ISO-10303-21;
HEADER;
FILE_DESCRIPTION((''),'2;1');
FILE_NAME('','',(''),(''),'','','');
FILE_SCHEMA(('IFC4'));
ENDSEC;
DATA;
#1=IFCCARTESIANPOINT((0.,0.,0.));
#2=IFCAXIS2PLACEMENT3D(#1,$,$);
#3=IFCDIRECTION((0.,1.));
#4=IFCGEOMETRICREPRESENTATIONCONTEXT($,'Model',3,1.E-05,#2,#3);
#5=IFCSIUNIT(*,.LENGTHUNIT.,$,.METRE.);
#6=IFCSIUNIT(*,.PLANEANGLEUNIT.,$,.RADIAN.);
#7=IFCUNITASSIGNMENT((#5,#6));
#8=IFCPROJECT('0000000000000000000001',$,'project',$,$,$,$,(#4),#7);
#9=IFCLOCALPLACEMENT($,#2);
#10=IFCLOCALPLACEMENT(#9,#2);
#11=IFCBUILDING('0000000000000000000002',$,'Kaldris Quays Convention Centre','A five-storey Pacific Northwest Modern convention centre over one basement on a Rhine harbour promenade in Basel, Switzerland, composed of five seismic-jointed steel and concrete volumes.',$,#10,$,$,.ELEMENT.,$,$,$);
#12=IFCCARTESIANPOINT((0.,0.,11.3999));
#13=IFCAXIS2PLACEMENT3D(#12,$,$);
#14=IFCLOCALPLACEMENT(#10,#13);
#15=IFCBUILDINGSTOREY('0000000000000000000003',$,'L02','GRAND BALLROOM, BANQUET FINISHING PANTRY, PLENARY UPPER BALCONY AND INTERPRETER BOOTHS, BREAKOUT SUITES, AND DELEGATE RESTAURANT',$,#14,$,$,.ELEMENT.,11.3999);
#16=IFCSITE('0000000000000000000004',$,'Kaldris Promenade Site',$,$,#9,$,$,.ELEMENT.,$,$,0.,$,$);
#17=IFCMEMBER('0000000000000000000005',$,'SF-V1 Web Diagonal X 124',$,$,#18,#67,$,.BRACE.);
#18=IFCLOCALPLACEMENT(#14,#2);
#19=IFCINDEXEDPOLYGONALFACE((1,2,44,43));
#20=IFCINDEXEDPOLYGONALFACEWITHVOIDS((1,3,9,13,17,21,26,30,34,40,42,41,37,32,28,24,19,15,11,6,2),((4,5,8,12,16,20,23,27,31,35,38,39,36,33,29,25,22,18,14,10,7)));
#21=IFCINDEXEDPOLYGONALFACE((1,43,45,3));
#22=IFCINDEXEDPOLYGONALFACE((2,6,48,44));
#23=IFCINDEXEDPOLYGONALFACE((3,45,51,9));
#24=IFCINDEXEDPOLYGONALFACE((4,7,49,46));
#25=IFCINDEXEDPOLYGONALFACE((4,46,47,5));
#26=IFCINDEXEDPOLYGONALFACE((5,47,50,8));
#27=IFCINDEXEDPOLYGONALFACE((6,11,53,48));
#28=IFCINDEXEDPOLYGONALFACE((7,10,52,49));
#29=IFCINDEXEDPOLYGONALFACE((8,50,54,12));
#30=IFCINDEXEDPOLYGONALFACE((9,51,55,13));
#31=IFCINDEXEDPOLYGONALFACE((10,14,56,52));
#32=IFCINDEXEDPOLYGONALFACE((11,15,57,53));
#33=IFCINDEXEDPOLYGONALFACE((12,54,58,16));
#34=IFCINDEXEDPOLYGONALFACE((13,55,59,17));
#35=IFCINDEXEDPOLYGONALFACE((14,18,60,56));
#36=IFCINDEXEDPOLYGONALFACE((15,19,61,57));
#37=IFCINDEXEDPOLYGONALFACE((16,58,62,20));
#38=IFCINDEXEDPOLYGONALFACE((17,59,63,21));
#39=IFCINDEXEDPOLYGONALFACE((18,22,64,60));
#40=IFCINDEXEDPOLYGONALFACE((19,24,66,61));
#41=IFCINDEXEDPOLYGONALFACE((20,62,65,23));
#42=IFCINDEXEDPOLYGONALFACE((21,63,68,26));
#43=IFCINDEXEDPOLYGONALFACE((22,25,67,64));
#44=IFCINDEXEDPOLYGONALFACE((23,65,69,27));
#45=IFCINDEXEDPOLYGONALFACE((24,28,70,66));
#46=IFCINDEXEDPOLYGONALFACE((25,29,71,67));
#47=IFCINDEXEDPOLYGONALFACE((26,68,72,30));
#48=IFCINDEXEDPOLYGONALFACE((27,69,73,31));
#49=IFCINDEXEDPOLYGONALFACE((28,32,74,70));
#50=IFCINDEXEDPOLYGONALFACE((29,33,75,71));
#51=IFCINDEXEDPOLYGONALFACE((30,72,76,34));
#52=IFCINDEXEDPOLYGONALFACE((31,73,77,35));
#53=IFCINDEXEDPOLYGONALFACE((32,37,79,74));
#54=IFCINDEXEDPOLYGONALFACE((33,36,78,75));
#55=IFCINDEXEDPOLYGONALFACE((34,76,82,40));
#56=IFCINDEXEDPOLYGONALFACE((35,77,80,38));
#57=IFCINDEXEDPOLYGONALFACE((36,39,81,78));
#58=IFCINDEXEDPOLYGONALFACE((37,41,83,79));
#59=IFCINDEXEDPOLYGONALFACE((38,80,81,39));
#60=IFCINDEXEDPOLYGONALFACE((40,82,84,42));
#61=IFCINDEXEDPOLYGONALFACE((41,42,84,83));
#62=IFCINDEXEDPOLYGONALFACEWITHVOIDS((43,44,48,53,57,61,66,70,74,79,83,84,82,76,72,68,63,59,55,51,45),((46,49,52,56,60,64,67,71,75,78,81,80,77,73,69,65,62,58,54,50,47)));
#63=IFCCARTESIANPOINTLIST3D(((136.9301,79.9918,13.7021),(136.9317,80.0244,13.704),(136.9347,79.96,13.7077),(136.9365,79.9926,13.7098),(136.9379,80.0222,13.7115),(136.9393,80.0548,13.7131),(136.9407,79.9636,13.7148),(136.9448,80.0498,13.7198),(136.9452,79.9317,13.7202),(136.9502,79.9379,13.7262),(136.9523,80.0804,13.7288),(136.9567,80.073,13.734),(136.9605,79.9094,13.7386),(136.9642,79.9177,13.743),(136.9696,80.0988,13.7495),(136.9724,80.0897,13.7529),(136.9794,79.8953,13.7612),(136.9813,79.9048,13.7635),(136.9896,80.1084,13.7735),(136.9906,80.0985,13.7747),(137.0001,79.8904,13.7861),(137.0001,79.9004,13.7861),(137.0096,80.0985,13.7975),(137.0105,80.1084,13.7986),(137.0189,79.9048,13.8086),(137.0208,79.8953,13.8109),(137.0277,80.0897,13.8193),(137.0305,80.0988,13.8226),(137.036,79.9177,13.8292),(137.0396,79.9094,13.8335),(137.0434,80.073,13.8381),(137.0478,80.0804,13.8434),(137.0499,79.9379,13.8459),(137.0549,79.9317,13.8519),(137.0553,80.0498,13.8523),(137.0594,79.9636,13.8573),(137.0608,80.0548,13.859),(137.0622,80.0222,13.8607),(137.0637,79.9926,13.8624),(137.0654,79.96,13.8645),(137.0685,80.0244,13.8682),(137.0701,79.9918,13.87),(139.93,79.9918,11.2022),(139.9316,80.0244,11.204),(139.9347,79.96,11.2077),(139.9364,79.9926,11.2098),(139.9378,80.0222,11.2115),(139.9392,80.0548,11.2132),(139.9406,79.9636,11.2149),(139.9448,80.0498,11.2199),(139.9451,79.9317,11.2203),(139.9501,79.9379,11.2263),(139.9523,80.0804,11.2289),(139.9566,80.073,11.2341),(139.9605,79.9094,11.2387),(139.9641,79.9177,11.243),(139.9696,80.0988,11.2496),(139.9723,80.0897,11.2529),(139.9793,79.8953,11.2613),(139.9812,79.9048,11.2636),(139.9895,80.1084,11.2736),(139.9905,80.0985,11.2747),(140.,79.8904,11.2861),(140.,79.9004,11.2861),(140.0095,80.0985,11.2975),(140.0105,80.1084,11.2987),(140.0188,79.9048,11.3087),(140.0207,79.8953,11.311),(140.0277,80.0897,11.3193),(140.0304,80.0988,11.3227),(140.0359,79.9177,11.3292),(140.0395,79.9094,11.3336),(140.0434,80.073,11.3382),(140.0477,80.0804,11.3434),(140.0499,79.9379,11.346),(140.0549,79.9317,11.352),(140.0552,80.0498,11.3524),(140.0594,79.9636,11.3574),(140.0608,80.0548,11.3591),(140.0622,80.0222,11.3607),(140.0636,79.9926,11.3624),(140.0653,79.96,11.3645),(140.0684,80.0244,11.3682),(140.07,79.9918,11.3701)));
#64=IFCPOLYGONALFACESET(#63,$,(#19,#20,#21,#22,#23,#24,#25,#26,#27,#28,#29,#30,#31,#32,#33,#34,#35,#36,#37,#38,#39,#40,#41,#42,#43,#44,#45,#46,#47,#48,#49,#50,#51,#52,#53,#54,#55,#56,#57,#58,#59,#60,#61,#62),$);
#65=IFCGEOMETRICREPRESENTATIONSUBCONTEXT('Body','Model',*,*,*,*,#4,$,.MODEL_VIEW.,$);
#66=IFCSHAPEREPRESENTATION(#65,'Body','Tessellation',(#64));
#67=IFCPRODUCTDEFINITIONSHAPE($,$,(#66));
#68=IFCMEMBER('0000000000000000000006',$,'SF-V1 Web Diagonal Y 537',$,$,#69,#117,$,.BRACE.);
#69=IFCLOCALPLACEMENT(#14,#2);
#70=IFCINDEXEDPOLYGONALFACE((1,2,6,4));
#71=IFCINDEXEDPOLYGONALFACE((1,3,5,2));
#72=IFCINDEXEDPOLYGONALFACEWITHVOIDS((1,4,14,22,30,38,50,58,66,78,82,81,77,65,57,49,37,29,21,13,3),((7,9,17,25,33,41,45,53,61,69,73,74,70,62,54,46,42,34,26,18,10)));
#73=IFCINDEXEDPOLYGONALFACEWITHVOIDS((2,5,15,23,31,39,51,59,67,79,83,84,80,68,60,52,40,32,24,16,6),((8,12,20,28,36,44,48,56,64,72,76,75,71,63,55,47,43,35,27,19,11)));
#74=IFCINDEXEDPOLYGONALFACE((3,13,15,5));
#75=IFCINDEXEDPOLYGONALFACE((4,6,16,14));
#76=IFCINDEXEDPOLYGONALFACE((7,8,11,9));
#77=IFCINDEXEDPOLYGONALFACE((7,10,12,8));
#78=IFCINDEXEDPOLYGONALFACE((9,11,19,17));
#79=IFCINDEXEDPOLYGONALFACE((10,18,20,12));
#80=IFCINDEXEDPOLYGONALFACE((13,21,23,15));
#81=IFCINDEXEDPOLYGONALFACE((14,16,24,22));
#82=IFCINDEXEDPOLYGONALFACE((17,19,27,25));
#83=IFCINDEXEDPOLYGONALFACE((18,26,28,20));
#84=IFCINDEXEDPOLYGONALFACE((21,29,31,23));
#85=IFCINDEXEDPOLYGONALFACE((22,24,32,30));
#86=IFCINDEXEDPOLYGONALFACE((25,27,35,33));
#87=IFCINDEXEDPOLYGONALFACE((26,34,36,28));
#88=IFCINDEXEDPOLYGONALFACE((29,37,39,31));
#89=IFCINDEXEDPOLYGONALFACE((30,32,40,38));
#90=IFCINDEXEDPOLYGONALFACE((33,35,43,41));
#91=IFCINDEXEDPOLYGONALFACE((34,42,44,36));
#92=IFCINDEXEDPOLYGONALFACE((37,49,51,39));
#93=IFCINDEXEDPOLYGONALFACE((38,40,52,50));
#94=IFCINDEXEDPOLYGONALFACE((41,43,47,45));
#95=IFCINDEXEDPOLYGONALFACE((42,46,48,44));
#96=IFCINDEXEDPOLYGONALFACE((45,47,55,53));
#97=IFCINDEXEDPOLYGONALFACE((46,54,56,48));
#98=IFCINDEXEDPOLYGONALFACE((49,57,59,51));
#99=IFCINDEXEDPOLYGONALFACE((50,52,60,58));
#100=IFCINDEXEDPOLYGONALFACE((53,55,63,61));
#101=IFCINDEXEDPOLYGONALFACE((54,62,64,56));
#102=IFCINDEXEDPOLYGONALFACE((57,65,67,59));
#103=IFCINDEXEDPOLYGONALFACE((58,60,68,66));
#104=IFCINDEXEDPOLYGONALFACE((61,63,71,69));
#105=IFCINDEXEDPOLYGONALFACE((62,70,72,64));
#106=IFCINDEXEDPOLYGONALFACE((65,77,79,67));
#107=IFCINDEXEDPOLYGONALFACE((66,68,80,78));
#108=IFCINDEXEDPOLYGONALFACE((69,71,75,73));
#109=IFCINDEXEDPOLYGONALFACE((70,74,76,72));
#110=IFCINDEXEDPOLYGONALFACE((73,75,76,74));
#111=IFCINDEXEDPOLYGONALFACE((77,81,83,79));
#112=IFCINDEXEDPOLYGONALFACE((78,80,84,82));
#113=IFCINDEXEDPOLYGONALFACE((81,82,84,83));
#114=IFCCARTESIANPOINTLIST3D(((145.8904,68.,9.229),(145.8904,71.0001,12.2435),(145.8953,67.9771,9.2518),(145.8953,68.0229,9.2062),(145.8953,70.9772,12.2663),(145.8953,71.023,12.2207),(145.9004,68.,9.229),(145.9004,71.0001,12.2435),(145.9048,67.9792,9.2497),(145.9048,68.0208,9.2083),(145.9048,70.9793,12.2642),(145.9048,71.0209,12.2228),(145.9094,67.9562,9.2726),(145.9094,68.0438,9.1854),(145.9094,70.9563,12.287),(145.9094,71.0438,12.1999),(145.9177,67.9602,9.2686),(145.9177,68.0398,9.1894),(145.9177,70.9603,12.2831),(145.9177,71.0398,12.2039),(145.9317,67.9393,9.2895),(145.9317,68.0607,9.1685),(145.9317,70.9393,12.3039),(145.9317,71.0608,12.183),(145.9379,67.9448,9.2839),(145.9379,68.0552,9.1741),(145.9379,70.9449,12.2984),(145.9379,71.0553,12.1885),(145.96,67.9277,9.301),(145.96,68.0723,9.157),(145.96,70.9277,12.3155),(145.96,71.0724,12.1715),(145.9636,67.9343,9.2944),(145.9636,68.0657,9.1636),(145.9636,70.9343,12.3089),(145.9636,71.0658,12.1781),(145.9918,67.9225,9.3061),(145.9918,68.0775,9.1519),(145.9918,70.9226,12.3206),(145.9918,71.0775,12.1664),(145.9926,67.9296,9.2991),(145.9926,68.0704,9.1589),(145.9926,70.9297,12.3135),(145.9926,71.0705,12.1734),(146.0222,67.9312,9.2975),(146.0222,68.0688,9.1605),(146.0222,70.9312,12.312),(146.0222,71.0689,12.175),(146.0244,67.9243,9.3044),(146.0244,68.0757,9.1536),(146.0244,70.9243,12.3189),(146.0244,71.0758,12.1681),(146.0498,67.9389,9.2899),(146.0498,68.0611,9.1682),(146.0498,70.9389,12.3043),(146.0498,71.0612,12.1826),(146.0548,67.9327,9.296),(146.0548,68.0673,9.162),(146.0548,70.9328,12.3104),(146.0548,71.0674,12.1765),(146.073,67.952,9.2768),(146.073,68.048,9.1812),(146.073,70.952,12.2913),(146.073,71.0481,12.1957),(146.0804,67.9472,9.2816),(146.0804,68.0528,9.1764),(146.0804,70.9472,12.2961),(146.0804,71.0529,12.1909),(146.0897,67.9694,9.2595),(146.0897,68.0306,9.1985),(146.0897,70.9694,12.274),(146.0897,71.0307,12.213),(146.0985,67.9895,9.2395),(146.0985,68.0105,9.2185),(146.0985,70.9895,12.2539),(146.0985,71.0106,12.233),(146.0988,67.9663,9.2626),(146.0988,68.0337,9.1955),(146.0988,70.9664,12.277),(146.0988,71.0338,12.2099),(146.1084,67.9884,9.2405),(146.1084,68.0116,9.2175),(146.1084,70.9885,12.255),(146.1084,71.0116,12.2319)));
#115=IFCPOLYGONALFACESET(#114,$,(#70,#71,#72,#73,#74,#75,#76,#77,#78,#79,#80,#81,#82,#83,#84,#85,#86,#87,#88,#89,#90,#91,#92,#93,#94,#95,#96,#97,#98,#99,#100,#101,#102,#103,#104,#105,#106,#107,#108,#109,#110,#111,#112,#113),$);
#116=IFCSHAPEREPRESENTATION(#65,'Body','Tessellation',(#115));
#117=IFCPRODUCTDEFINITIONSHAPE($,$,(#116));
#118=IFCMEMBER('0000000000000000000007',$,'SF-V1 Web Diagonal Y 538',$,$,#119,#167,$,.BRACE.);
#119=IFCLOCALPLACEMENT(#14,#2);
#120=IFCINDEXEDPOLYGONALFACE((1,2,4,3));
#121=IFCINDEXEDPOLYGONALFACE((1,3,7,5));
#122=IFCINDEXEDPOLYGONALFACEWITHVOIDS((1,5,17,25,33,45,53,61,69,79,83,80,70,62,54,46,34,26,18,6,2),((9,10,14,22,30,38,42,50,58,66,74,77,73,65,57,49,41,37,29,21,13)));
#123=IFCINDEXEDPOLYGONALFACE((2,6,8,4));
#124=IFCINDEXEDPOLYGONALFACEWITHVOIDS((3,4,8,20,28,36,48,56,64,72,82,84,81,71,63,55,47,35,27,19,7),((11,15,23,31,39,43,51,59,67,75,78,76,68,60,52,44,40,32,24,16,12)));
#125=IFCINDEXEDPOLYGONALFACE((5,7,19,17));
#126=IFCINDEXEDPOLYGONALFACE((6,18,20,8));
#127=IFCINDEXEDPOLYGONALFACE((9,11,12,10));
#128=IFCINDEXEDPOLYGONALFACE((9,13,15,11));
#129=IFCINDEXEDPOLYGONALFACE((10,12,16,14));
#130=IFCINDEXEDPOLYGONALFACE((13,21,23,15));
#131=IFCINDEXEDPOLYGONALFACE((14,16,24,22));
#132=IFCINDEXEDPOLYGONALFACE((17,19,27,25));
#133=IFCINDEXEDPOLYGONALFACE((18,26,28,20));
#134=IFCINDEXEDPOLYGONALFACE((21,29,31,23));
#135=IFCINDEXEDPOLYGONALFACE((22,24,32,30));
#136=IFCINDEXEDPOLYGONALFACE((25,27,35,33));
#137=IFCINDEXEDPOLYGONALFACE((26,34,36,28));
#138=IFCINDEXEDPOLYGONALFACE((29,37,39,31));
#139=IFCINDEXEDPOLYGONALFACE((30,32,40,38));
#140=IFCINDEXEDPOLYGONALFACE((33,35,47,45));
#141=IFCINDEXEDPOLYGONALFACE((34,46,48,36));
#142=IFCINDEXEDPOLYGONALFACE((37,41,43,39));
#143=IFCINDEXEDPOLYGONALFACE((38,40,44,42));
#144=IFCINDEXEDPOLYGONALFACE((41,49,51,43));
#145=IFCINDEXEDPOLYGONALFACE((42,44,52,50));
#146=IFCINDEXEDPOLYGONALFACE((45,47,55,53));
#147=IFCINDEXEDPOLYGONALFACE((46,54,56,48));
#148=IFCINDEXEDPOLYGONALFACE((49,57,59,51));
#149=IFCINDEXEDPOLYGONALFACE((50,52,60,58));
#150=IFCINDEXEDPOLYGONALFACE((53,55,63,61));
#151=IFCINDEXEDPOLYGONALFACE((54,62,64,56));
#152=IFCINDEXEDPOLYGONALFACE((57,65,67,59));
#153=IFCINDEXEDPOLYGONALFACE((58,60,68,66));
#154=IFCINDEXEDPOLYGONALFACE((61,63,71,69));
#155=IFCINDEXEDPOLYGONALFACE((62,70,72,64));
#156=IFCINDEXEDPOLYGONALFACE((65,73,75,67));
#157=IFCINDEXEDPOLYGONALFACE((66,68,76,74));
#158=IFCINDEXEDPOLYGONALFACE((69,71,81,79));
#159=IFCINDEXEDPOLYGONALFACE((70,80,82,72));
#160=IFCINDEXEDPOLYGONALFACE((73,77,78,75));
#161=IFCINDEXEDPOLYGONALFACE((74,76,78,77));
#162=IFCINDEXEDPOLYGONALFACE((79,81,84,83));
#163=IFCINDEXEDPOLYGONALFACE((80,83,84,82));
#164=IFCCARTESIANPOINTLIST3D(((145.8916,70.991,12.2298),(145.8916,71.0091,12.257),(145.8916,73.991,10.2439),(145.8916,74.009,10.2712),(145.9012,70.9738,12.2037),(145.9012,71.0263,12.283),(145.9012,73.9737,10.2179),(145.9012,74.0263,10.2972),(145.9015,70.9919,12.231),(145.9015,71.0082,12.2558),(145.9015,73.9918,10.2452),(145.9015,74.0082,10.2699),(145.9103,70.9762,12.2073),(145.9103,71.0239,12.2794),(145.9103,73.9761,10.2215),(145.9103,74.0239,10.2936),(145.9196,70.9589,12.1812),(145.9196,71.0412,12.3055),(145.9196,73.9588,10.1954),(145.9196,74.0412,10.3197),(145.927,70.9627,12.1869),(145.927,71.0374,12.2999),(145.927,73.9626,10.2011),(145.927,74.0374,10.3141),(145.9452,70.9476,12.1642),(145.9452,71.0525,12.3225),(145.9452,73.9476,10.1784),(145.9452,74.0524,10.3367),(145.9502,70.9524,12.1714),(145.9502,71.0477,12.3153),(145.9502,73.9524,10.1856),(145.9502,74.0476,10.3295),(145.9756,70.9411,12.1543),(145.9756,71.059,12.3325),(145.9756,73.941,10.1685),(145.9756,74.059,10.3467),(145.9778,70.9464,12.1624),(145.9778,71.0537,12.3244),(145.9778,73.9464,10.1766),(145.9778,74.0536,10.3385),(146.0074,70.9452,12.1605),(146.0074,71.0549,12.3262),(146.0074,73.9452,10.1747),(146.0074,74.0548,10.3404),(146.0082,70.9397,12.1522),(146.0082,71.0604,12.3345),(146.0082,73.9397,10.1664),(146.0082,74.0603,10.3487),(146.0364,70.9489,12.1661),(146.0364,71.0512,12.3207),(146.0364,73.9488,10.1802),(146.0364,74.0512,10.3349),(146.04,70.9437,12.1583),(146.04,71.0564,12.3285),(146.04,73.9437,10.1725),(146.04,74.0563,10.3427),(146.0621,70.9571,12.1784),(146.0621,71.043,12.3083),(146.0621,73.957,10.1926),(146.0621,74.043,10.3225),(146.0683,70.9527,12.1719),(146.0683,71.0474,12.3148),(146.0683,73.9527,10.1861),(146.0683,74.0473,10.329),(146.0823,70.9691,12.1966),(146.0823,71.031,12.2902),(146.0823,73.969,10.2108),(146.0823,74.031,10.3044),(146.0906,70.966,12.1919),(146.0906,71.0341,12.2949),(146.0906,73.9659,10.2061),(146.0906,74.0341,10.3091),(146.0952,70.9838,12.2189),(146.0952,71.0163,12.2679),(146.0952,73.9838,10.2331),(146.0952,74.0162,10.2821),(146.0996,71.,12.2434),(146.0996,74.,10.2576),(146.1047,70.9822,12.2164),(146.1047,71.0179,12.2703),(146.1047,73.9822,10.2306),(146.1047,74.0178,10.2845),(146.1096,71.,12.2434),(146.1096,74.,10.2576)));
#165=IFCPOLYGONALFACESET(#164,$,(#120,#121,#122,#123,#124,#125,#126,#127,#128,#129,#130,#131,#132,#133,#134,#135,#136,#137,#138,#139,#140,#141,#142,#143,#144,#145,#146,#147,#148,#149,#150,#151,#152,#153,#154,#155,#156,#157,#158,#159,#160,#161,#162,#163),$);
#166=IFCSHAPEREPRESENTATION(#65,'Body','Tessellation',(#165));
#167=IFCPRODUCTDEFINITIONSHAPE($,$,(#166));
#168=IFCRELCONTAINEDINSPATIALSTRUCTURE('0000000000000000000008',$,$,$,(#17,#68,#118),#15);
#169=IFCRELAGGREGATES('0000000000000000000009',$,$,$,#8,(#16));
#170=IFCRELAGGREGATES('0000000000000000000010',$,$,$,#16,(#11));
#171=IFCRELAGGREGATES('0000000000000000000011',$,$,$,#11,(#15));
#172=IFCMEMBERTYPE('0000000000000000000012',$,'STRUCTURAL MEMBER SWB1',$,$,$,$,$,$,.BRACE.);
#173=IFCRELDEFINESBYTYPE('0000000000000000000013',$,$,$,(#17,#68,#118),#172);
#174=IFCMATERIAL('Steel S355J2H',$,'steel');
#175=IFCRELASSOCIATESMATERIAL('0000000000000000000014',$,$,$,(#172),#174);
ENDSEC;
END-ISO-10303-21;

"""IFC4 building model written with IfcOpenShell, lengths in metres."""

from ifc_helpers import new_model, si_unit, direction, frame, origin, origin_2d, place, context, subcontext, project, spatial, hollow_circle, extrude, material, material_profile, profile_set, type_object, element, save


model = new_model("IFC4")

# Units and contexts
model_context = context("Model", 3, precision=1e-05, world=origin(), true_north=direction((0.0, 1.0)))
body_context = subcontext(model_context, "Body", "Model", "MODEL_VIEW")
ifc_project = project(units=[si_unit("LENGTHUNIT", "METRE"), si_unit("PLANEANGLEUNIT", "RADIAN")], contexts=[model_context])

# Site, building, storey
site_placement = place(None, origin())
site = spatial("IfcSite", under=ifc_project, at=site_placement, Name="Kaldris Promenade Site", CompositionType="ELEMENT", RefElevation=0.0)
building_placement = place(site_placement, origin())
building = spatial("IfcBuilding", under=site, at=building_placement, Name="Kaldris Quays Convention Centre", Description="A five-storey Pacific Northwest Modern convention centre over one basement on a Rhine harbour promenade in Basel, Switzerland, composed of five seismic-jointed steel and concrete volumes.", CompositionType="ELEMENT")
storey_placement = place(building_placement, frame((0.0, 0.0, 11.3999)))
storey = spatial("IfcBuildingStorey", under=building, at=storey_placement, Name="L02", Description="GRAND BALLROOM, BANQUET FINISHING PANTRY, PLENARY UPPER BALCONY AND INTERPRETER BOOTHS, BREAKOUT SUITES, AND DELEGATE RESTAURANT", CompositionType="ELEMENT", Elevation=11.3999)

# Members
ifc_material_1 = material(Name="Steel S355J2H", Category="steel")
ifc_material_profile_1 = material_profile(ifc_material_1, hollow_circle(Radius=0.1096, WallThickness=0.01, at=origin_2d()), Name="CHS 219.1x10")
ifc_profile_set_1 = profile_set([ifc_material_profile_1], Name="Steel S355J2H")
member_type_1 = type_object("IfcMemberType", Name="STRUCTURAL MEMBER SWB1", PredefinedType="BRACE", material=ifc_profile_set_1)
for number, where, z_axis, x_axis, name in (
    (1, (140.0, 80.0, 11.2861), (-0.768221, 0.0, 0.640184), (0.0, -1.0, 0.0), "SF-V1 Web Diagonal X 124"),
):
    element("IfcMember", number, at=place(storey_placement, frame(where, z_axis=z_axis, x_axis=x_axis)), inside=storey, type_object=member_type_1, Name=name, PredefinedType="BRACE", context=body_context, shape_type="SweptSolid", body=[
        extrude(hollow_circle(Radius=0.1096, WallThickness=0.01, at=origin_2d()), origin(), (0.0, 0.0, 1.0), 3.905),
    ])
member_1_placement = place(storey_placement, frame((146.0, 68.0, 9.229), z_axis=(0.0, 0.705411, 0.708798), x_axis=(-1.0, 0.0, 0.0)))
element("IfcMember", 2, at=member_1_placement, inside=storey, type_object=member_type_1, Name="SF-V1 Web Diagonal Y 537", PredefinedType="BRACE", context=body_context, shape_type="SweptSolid", body=[
    extrude(hollow_circle(Radius=0.1096, WallThickness=0.01, at=origin_2d()), origin(), (0.0, 0.0, 1.0), 4.2529),
])
member_2_placement = place(storey_placement, frame((146.0, 74.0, 10.2576), z_axis=(0.0, -0.833862, 0.551972), x_axis=(1.0, 0.0, 0.0)))
element("IfcMember", 3, at=member_2_placement, inside=storey, type_object=member_type_1, Name="SF-V1 Web Diagonal Y 538", PredefinedType="BRACE", context=body_context, shape_type="SweptSolid", body=[
    extrude(hollow_circle(Radius=0.1096, WallThickness=0.01, at=origin_2d()), origin(), (0.0, 0.0, 1.0), 3.5977),
])

save(model, "model.ifc")
